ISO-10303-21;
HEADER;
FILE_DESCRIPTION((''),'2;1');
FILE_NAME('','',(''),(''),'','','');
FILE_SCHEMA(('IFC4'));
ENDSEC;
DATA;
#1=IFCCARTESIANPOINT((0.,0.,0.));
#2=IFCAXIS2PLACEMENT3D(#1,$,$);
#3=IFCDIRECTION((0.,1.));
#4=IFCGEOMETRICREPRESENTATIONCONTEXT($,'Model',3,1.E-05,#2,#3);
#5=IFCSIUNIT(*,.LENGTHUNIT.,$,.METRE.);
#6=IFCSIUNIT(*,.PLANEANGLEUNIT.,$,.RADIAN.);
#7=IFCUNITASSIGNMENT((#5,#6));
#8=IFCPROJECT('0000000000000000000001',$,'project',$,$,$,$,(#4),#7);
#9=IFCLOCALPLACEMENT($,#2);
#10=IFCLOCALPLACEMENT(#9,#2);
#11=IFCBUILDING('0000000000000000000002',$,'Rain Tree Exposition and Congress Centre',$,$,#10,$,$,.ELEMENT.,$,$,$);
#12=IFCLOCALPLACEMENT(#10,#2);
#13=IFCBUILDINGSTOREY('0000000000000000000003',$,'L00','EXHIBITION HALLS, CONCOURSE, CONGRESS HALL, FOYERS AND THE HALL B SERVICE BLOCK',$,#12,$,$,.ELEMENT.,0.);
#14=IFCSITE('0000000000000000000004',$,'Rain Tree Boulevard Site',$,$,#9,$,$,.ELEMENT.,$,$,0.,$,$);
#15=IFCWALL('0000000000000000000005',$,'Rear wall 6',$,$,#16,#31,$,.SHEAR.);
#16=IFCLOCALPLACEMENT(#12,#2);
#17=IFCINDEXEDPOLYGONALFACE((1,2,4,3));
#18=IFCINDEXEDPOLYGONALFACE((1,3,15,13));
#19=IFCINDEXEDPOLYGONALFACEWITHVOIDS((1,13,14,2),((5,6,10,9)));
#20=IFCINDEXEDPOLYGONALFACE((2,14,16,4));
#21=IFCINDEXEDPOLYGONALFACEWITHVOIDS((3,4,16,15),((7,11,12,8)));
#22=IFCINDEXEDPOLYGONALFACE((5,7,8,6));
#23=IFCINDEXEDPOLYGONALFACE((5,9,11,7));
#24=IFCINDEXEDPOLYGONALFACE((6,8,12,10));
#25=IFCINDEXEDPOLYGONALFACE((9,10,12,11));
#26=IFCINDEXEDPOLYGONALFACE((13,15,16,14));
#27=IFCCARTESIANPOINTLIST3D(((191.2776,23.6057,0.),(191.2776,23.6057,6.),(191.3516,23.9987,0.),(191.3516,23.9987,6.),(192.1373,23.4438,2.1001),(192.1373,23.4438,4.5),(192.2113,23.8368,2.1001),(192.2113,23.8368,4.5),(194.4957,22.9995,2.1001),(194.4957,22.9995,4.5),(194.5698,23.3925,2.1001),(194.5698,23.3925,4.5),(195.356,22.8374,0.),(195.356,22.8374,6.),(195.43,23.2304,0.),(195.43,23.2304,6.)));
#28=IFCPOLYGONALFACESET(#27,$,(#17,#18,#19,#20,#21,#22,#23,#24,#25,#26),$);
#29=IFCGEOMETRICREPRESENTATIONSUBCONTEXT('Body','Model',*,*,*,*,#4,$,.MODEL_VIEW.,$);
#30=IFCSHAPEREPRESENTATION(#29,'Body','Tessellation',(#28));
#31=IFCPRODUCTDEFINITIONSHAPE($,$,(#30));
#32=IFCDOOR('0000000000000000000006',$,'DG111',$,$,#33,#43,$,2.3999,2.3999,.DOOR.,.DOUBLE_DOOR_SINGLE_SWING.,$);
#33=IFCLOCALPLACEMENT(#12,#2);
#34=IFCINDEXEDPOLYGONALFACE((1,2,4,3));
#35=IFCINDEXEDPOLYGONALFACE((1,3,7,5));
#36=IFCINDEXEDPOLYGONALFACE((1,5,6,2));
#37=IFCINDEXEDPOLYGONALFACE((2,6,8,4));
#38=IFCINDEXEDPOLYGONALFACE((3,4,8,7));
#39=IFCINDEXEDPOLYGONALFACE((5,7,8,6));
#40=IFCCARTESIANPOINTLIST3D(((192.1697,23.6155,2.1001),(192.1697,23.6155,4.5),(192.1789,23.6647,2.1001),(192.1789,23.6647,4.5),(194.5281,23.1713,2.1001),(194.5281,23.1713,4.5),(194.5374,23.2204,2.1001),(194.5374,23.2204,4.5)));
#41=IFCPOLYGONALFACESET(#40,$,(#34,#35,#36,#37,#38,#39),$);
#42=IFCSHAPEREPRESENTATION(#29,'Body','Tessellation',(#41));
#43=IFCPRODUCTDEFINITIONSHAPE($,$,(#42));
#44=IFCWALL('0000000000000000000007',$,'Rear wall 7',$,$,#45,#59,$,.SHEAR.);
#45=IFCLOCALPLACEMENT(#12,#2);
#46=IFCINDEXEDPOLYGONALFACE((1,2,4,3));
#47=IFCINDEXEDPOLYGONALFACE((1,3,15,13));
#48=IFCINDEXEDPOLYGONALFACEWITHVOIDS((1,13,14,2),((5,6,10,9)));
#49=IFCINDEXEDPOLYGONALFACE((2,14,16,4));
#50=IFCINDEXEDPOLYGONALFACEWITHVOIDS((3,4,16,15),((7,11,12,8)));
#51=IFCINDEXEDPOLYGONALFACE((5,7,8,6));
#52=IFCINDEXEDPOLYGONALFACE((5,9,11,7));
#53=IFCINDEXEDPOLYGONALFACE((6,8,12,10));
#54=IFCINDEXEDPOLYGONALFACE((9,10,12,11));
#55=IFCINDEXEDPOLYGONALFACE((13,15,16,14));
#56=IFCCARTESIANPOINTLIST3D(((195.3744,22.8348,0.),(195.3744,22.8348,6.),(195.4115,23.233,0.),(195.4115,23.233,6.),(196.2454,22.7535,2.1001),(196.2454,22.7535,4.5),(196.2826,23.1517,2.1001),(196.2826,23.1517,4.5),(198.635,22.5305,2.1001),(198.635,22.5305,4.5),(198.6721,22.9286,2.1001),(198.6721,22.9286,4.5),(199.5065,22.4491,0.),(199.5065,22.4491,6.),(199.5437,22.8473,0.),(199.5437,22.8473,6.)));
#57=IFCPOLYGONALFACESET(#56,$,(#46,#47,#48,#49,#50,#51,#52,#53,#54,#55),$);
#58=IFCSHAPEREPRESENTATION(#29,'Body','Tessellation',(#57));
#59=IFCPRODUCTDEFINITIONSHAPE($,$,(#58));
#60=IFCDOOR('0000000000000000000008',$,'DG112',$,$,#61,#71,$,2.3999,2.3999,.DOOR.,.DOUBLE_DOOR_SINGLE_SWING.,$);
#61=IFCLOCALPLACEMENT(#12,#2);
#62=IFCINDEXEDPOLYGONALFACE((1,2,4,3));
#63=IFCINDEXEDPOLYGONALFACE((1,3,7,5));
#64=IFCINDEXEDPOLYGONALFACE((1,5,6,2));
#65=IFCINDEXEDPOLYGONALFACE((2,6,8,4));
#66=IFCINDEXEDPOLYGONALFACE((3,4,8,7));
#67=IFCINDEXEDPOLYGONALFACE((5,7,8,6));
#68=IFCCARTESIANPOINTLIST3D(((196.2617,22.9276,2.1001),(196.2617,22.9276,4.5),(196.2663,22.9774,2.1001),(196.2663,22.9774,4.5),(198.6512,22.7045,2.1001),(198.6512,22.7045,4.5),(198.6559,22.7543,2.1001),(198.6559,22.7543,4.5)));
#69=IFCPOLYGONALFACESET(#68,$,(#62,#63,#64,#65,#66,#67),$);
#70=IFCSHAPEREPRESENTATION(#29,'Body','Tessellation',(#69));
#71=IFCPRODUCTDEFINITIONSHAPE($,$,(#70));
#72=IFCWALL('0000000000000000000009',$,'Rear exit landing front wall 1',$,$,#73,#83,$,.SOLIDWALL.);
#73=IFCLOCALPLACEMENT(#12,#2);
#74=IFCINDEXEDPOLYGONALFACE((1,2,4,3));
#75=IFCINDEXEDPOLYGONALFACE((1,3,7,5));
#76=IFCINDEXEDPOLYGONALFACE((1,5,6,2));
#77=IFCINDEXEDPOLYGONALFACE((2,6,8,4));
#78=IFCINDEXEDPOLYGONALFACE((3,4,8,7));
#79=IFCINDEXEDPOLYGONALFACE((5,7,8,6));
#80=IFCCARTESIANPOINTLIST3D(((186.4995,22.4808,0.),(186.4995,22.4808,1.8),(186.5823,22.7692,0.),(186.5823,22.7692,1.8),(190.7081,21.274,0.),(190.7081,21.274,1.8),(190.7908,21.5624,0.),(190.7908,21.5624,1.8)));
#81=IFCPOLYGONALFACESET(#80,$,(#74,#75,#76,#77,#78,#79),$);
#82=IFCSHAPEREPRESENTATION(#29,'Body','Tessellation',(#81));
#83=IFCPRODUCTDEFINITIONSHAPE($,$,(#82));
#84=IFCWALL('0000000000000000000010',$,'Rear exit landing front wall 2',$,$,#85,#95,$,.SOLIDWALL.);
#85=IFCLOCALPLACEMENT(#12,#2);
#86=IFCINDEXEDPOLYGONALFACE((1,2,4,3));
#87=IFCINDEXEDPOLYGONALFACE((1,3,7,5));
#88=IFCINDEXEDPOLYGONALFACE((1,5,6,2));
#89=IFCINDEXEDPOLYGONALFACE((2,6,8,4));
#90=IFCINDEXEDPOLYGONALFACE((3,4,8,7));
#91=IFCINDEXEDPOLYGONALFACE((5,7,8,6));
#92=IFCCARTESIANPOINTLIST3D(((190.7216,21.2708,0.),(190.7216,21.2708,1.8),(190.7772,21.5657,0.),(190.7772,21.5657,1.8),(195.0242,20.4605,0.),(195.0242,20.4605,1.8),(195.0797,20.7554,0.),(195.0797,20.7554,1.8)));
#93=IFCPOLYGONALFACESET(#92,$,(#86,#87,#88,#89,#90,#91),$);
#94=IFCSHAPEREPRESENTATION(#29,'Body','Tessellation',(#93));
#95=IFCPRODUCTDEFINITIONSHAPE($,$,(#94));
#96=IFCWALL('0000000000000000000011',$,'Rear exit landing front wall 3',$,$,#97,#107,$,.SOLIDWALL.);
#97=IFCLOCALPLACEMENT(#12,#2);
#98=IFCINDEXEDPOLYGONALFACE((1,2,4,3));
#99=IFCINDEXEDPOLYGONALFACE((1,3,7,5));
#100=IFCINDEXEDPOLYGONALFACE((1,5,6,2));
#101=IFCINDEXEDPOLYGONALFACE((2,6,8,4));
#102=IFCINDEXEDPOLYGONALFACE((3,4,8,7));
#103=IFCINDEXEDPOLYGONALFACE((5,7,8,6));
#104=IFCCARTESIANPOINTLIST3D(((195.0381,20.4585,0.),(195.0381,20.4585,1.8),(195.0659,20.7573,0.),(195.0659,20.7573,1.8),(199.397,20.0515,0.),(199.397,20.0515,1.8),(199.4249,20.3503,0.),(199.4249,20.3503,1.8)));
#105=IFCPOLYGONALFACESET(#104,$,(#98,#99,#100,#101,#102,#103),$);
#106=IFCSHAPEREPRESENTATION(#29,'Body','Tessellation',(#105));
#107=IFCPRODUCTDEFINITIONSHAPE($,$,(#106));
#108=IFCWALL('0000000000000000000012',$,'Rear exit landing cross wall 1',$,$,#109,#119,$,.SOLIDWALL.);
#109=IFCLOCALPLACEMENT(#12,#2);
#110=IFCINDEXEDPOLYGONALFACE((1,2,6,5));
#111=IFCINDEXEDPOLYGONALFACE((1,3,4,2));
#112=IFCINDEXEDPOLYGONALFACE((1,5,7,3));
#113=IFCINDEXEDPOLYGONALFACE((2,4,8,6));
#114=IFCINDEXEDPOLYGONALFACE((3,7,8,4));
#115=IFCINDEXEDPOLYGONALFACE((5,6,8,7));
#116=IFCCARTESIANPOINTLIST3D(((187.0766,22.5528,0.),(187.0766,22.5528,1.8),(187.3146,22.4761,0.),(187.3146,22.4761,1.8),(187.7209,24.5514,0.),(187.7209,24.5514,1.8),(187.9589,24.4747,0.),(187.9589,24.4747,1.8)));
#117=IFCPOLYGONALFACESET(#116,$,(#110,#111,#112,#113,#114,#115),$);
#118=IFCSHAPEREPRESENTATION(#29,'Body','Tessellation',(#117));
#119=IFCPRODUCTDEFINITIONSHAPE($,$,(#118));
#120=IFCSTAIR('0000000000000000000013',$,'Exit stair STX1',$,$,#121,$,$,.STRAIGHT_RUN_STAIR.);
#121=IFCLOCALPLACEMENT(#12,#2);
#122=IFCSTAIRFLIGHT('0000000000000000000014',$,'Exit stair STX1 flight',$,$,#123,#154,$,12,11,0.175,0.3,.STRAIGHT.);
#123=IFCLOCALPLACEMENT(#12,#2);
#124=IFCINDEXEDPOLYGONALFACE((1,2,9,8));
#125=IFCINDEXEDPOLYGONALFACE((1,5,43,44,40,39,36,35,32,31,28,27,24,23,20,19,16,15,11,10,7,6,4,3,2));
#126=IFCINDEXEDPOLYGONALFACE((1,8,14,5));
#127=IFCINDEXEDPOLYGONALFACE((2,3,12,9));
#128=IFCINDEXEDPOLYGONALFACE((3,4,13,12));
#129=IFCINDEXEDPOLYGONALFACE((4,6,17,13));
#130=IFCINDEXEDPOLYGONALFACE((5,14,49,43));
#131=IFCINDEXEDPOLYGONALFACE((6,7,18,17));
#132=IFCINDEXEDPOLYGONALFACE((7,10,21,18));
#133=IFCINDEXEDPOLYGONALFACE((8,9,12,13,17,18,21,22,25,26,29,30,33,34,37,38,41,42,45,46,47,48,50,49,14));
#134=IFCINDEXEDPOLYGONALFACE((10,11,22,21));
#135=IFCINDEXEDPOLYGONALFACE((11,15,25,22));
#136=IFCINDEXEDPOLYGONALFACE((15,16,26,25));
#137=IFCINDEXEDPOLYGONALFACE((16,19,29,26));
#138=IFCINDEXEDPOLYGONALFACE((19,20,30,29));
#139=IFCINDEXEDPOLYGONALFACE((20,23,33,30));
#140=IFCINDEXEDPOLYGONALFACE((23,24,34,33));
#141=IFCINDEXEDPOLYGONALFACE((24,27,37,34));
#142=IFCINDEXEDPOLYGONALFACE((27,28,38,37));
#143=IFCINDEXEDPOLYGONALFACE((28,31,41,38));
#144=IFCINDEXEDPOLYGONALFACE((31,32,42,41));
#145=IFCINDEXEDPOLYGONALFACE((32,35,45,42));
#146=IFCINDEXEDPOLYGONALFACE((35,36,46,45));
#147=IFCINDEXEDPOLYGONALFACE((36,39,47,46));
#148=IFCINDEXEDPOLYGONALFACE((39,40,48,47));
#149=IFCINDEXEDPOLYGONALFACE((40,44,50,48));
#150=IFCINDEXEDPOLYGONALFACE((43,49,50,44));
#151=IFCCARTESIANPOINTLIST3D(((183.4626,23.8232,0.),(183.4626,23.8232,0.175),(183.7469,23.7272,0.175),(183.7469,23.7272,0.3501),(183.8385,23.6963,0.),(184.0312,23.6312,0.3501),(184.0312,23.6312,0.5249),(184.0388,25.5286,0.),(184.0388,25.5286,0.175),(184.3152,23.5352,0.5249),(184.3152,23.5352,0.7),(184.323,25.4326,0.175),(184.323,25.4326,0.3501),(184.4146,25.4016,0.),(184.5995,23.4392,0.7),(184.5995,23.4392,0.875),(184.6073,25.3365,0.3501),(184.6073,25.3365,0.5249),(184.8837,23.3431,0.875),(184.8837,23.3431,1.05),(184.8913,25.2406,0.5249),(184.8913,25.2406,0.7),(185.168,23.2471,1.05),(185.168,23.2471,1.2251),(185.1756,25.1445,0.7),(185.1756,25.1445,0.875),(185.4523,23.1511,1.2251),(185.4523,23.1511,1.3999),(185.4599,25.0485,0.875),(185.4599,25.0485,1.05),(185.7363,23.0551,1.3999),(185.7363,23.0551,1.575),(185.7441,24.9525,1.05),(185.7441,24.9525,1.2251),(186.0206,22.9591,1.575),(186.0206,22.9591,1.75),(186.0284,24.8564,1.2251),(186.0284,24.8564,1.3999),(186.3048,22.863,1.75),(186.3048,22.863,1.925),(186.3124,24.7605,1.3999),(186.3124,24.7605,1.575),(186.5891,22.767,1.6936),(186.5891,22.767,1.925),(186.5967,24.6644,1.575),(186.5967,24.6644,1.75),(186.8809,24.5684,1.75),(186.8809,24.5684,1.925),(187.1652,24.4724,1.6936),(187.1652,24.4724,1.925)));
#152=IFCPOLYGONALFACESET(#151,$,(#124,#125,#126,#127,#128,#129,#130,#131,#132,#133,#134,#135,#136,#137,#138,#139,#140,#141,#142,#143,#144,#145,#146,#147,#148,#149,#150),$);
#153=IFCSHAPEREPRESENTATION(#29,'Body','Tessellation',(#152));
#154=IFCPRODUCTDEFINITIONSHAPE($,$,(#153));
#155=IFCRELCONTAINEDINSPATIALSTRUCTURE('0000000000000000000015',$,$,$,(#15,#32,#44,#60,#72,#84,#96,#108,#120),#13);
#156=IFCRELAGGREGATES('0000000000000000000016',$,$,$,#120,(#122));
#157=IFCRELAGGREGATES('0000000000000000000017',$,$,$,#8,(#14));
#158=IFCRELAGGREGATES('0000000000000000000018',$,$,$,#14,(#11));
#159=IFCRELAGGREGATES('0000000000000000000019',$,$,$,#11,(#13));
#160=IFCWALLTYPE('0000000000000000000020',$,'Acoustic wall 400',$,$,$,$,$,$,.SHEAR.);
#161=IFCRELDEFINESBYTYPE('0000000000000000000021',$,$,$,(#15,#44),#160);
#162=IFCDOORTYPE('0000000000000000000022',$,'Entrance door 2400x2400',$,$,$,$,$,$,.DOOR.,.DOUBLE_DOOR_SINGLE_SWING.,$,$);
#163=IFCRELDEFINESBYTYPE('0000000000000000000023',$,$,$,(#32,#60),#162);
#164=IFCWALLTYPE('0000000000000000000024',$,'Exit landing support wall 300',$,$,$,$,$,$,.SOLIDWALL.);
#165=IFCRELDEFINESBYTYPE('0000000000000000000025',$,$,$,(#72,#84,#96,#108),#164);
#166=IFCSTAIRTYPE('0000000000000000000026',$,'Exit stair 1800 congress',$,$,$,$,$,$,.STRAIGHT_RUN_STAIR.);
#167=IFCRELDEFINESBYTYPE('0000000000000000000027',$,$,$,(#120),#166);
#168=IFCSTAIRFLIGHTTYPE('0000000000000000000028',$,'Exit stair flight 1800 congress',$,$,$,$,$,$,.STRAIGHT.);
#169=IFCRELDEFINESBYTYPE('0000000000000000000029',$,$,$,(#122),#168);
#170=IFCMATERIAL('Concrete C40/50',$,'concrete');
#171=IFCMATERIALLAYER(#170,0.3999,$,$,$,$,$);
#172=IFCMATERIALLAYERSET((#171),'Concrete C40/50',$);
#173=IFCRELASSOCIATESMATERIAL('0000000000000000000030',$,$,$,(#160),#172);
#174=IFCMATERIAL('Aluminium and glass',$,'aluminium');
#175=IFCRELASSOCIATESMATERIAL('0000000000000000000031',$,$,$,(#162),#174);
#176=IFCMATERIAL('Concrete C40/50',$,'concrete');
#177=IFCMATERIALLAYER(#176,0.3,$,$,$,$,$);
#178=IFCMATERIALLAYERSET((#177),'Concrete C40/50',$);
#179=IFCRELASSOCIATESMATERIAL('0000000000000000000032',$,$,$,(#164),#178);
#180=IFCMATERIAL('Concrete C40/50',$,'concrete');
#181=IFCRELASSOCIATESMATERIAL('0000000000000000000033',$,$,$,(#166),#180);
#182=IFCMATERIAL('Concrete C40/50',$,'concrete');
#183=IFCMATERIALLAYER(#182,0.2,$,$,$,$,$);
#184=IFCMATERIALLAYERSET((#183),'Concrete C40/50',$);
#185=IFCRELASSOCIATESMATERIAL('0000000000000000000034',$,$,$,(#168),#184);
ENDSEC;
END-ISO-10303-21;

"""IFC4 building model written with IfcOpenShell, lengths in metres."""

from ifc_helpers import new_model, si_unit, direction, frame, frame_2d, origin, place, context, subcontext, project, spatial, polyline, rectangle, outline, extrude, material, layer, layer_set, type_object, element, fill, aggregate, save


model = new_model("IFC4")

# Units and contexts
model_context = context("Model", 3, precision=1e-05, world=origin(), true_north=direction((0.0, 1.0)))
body_context = subcontext(model_context, "Body", "Model", "MODEL_VIEW")
ifc_project = project(units=[si_unit("LENGTHUNIT", "METRE"), si_unit("PLANEANGLEUNIT", "RADIAN")], contexts=[model_context])

# Site, building, storey
site_placement = place(None, origin())
site = spatial("IfcSite", under=ifc_project, at=site_placement, Name="Rain Tree Boulevard Site", CompositionType="ELEMENT", RefElevation=0.0)
building_placement = place(site_placement, origin())
building = spatial("IfcBuilding", under=site, at=building_placement, Name="Rain Tree Exposition and Congress Centre", CompositionType="ELEMENT")
storey_placement = place(building_placement, origin())
storey = spatial("IfcBuildingStorey", under=building, at=storey_placement, Name="L00", Description="EXHIBITION HALLS, CONCOURSE, CONGRESS HALL, FOYERS AND THE HALL B SERVICE BLOCK", CompositionType="ELEMENT", Elevation=0.0)

# Shared definitions
ifc_material_1 = material(Name="Concrete C40/50", Category="concrete")
ifc_layer_1 = layer(ifc_material_1, 0.3999)
ifc_layer_set_1 = layer_set([ifc_layer_1], Name="Concrete C40/50")
wall_type_1 = type_object("IfcWallType", Name="Acoustic wall 400", PredefinedType="SHEAR", material=ifc_layer_set_1)

# Walls, openings, doors
ifc_material_2 = material(Name="Aluminium and glass", Category="aluminium")
door_type = type_object("IfcDoorType", Name="Entrance door 2400x2400", OperationType="DOUBLE_DOOR_SINGLE_SWING", PredefinedType="DOOR", material=ifc_material_2)
wall_1_placement = place(storey_placement, frame((191.3145, 23.8022, 0.0), z_axis=(0.0, 0.0, 1.0), x_axis=(0.982714, -0.18513, 0.0)))
wall_1 = element("IfcWall", 1, at=wall_1_placement, inside=storey, type_object=wall_type_1, Name="Rear wall 6", PredefinedType="SHEAR", context=body_context, shape_type="SweptSolid", body=[
    extrude(rectangle(XDim=4.1501, YDim=0.3999, at=frame_2d((2.0752, 0.0))), origin(), (0.0, 0.0, 1.0), 6.0),
])
opening_1_placement = place(wall_1_placement, frame((0.875, 0.0, 2.1001)))
opening_1 = element("IfcOpeningElement", 2, at=opening_1_placement, cuts=wall_1, PredefinedType="OPENING", context=body_context, shape_type="SweptSolid", body=[
    extrude(rectangle(XDim=2.3999, YDim=2.3999, at=frame_2d((1.2, 1.2))), frame((0.0, 0.2, 0.0), z_axis=(0.0, -1.0, 0.0), x_axis=(1.0, 0.0, 0.0)), (0.0, 0.0, 1.0), 0.3999),
])
door_1_placement = place(opening_1_placement, origin())
door_1 = element("IfcDoor", 3, at=door_1_placement, inside=storey, type_object=door_type, Name="DG111", OperationType="DOUBLE_DOOR_SINGLE_SWING", OverallHeight=2.3999, OverallWidth=2.3999, PredefinedType="DOOR", context=body_context, shape_type="SweptSolid", body=[
    extrude(rectangle(XDim=2.3999, YDim=2.3999, at=frame_2d((1.2, 1.2))), frame((0.0, 0.0249, 0.0), z_axis=(0.0, -1.0, 0.0), x_axis=(1.0, 0.0, 0.0)), (0.0, 0.0, 1.0), 0.05),
])
fill(opening_1, door_1)
wall_2_placement = place(storey_placement, frame((195.3928, 23.0339, 0.0), z_axis=(0.0, 0.0, 1.0), x_axis=(0.995671, -0.092949, 0.0)))
wall_2 = element("IfcWall", 4, at=wall_2_placement, inside=storey, type_object=wall_type_1, Name="Rear wall 7", PredefinedType="SHEAR", context=body_context, shape_type="SweptSolid", body=[
    extrude(rectangle(XDim=4.1501, YDim=0.3999, at=frame_2d((2.0752, 0.0))), origin(), (0.0, 0.0, 1.0), 6.0),
])
opening_2_placement = place(wall_2_placement, frame((0.875, 0.0, 2.1001)))
opening_2 = element("IfcOpeningElement", 5, at=opening_2_placement, cuts=wall_2, PredefinedType="OPENING", context=body_context, shape_type="SweptSolid", body=[
    extrude(rectangle(XDim=2.3999, YDim=2.3999, at=frame_2d((1.2, 1.2))), frame((0.0, 0.2, 0.0), z_axis=(0.0, -1.0, 0.0), x_axis=(1.0, 0.0, 0.0)), (0.0, 0.0, 1.0), 0.3999),
])
door_2_placement = place(opening_2_placement, origin())
door_2 = element("IfcDoor", 6, at=door_2_placement, inside=storey, type_object=door_type, Name="DG112", OperationType="DOUBLE_DOOR_SINGLE_SWING", OverallHeight=2.3999, OverallWidth=2.3999, PredefinedType="DOOR", context=body_context, shape_type="SweptSolid", body=[
    extrude(rectangle(XDim=2.3999, YDim=2.3999, at=frame_2d((1.2, 1.2))), frame((0.0, 0.0249, 0.0), z_axis=(0.0, -1.0, 0.0), x_axis=(1.0, 0.0, 0.0)), (0.0, 0.0, 1.0), 0.05),
])
fill(opening_2, door_2)

# Walls
ifc_material_3 = material(Name="Concrete C40/50", Category="concrete")
ifc_layer_2 = layer(ifc_material_3, 0.3)
ifc_layer_set_2 = layer_set([ifc_layer_2], Name="Concrete C40/50")
wall_type_2 = type_object("IfcWallType", Name="Exit landing support wall 300", PredefinedType="SOLIDWALL", material=ifc_layer_set_2)
for number, where, z_axis, x_axis, name in (
    (7, (186.541, 22.625, 0.0), (0.0, 0.0, 1.0), (0.96126, -0.275642, 0.0), "Rear exit landing front wall 1"),
    (8, (190.7495, 21.4182, 0.0), (0.0, 0.0, 1.0), (0.982724, -0.18508, 0.0), "Rear exit landing front wall 2"),
):
    element("IfcWall", number, at=place(storey_placement, frame(where, z_axis=z_axis, x_axis=x_axis)), inside=storey, type_object=wall_type_2, Name=name, PredefinedType="SOLIDWALL", context=body_context, shape_type="SweptSolid", body=[
        extrude(rectangle(XDim=4.3782, YDim=0.3, at=frame_2d((2.189, 0.0))), origin(), (0.0, 0.0, 1.0), 1.8),
    ])
wall_3_placement = place(storey_placement, frame((195.052, 20.6079, 0.0), z_axis=(0.0, 0.0, 1.0), x_axis=(0.995669, -0.092964, 0.0)))
element("IfcWall", 9, at=wall_3_placement, inside=storey, type_object=wall_type_2, Name="Rear exit landing front wall 3", PredefinedType="SOLIDWALL", context=body_context, shape_type="SweptSolid", body=[
    extrude(rectangle(XDim=4.3779, YDim=0.3, at=frame_2d((2.189, 0.0))), origin(), (0.0, 0.0, 1.0), 1.8),
])
wall_4_placement = place(storey_placement, frame((187.8398, 24.5129, 0.0), z_axis=(0.0, 0.0, 1.0), x_axis=(-0.30683, -0.951764, 0.0)))
element("IfcWall", 10, at=wall_4_placement, inside=storey, type_object=wall_type_2, Name="Rear exit landing cross wall 1", PredefinedType="SOLIDWALL", context=body_context, shape_type="SweptSolid", body=[
    extrude(rectangle(XDim=2.0999, YDim=0.25, at=frame_2d((1.0498, 0.0))), origin(), (0.0, 0.0, 1.0), 1.8),
])

# Stair, stair flight
ifc_material_4 = material(Name="Concrete C40/50", Category="concrete")
stair_type = type_object("IfcStairType", Name="Exit stair 1800 congress", PredefinedType="STRAIGHT_RUN_STAIR", material=ifc_material_4)
stair_placement = place(storey_placement, origin())
stair = element("IfcStair", 11, at=stair_placement, inside=storey, type_object=stair_type, Name="Exit stair STX1", PredefinedType="STRAIGHT_RUN_STAIR")
ifc_material_5 = material(Name="Concrete C40/50", Category="concrete")
ifc_layer_3 = layer(ifc_material_5, 0.2)
ifc_layer_set_3 = layer_set([ifc_layer_3], Name="Concrete C40/50")
stair_flight_type = type_object("IfcStairFlightType", Name="Exit stair flight 1800 congress", PredefinedType="STRAIGHT", material=ifc_layer_set_3)
stair_flight_placement = place(storey_placement, frame((183.7507, 24.676, 0.0), z_axis=(0.0, 0.0, 1.0), x_axis=(0.947396, -0.320062, 0.0)))
stair_flight = element("IfcStairFlight", 12, at=stair_flight_placement, type_object=stair_flight_type, Name="Exit stair STX1 flight", NumberOfRisers=12, NumberOfTreads=11, PredefinedType="STRAIGHT", RiserHeight=0.175, TreadLength=0.3, context=body_context, shape_type="SweptSolid", body=[
    extrude(outline(polyline([(0.0, 0.0), (0.0, 0.175), (0.3, 0.175), (0.3, 0.3501), (0.6001, 0.3501), (0.6001, 0.5249), (0.8999, 0.5249), (0.8999, 0.7), (1.2, 0.7), (1.2, 0.875), (1.5, 0.875), (1.5, 1.05), (1.8, 1.05), (1.8, 1.2251), (2.1001, 1.2251), (2.1001, 1.3999), (2.3999, 1.3999), (2.3999, 1.575), (2.7, 1.575), (2.7, 1.75), (3.0, 1.75), (3.0, 1.925), (3.3, 1.925), (3.3, 2.1001), (3.3, 1.6936), (0.3967, 0.0), (0.0, 0.0)])), frame((0.0, 0.8999, 0.0), z_axis=(0.0, -1.0, 0.0), x_axis=(1.0, 0.0, 0.0)), (0.0, 0.0, 1.0), 1.8),
])
aggregate(stair, [stair_flight])

save(model, "model.ifc")
